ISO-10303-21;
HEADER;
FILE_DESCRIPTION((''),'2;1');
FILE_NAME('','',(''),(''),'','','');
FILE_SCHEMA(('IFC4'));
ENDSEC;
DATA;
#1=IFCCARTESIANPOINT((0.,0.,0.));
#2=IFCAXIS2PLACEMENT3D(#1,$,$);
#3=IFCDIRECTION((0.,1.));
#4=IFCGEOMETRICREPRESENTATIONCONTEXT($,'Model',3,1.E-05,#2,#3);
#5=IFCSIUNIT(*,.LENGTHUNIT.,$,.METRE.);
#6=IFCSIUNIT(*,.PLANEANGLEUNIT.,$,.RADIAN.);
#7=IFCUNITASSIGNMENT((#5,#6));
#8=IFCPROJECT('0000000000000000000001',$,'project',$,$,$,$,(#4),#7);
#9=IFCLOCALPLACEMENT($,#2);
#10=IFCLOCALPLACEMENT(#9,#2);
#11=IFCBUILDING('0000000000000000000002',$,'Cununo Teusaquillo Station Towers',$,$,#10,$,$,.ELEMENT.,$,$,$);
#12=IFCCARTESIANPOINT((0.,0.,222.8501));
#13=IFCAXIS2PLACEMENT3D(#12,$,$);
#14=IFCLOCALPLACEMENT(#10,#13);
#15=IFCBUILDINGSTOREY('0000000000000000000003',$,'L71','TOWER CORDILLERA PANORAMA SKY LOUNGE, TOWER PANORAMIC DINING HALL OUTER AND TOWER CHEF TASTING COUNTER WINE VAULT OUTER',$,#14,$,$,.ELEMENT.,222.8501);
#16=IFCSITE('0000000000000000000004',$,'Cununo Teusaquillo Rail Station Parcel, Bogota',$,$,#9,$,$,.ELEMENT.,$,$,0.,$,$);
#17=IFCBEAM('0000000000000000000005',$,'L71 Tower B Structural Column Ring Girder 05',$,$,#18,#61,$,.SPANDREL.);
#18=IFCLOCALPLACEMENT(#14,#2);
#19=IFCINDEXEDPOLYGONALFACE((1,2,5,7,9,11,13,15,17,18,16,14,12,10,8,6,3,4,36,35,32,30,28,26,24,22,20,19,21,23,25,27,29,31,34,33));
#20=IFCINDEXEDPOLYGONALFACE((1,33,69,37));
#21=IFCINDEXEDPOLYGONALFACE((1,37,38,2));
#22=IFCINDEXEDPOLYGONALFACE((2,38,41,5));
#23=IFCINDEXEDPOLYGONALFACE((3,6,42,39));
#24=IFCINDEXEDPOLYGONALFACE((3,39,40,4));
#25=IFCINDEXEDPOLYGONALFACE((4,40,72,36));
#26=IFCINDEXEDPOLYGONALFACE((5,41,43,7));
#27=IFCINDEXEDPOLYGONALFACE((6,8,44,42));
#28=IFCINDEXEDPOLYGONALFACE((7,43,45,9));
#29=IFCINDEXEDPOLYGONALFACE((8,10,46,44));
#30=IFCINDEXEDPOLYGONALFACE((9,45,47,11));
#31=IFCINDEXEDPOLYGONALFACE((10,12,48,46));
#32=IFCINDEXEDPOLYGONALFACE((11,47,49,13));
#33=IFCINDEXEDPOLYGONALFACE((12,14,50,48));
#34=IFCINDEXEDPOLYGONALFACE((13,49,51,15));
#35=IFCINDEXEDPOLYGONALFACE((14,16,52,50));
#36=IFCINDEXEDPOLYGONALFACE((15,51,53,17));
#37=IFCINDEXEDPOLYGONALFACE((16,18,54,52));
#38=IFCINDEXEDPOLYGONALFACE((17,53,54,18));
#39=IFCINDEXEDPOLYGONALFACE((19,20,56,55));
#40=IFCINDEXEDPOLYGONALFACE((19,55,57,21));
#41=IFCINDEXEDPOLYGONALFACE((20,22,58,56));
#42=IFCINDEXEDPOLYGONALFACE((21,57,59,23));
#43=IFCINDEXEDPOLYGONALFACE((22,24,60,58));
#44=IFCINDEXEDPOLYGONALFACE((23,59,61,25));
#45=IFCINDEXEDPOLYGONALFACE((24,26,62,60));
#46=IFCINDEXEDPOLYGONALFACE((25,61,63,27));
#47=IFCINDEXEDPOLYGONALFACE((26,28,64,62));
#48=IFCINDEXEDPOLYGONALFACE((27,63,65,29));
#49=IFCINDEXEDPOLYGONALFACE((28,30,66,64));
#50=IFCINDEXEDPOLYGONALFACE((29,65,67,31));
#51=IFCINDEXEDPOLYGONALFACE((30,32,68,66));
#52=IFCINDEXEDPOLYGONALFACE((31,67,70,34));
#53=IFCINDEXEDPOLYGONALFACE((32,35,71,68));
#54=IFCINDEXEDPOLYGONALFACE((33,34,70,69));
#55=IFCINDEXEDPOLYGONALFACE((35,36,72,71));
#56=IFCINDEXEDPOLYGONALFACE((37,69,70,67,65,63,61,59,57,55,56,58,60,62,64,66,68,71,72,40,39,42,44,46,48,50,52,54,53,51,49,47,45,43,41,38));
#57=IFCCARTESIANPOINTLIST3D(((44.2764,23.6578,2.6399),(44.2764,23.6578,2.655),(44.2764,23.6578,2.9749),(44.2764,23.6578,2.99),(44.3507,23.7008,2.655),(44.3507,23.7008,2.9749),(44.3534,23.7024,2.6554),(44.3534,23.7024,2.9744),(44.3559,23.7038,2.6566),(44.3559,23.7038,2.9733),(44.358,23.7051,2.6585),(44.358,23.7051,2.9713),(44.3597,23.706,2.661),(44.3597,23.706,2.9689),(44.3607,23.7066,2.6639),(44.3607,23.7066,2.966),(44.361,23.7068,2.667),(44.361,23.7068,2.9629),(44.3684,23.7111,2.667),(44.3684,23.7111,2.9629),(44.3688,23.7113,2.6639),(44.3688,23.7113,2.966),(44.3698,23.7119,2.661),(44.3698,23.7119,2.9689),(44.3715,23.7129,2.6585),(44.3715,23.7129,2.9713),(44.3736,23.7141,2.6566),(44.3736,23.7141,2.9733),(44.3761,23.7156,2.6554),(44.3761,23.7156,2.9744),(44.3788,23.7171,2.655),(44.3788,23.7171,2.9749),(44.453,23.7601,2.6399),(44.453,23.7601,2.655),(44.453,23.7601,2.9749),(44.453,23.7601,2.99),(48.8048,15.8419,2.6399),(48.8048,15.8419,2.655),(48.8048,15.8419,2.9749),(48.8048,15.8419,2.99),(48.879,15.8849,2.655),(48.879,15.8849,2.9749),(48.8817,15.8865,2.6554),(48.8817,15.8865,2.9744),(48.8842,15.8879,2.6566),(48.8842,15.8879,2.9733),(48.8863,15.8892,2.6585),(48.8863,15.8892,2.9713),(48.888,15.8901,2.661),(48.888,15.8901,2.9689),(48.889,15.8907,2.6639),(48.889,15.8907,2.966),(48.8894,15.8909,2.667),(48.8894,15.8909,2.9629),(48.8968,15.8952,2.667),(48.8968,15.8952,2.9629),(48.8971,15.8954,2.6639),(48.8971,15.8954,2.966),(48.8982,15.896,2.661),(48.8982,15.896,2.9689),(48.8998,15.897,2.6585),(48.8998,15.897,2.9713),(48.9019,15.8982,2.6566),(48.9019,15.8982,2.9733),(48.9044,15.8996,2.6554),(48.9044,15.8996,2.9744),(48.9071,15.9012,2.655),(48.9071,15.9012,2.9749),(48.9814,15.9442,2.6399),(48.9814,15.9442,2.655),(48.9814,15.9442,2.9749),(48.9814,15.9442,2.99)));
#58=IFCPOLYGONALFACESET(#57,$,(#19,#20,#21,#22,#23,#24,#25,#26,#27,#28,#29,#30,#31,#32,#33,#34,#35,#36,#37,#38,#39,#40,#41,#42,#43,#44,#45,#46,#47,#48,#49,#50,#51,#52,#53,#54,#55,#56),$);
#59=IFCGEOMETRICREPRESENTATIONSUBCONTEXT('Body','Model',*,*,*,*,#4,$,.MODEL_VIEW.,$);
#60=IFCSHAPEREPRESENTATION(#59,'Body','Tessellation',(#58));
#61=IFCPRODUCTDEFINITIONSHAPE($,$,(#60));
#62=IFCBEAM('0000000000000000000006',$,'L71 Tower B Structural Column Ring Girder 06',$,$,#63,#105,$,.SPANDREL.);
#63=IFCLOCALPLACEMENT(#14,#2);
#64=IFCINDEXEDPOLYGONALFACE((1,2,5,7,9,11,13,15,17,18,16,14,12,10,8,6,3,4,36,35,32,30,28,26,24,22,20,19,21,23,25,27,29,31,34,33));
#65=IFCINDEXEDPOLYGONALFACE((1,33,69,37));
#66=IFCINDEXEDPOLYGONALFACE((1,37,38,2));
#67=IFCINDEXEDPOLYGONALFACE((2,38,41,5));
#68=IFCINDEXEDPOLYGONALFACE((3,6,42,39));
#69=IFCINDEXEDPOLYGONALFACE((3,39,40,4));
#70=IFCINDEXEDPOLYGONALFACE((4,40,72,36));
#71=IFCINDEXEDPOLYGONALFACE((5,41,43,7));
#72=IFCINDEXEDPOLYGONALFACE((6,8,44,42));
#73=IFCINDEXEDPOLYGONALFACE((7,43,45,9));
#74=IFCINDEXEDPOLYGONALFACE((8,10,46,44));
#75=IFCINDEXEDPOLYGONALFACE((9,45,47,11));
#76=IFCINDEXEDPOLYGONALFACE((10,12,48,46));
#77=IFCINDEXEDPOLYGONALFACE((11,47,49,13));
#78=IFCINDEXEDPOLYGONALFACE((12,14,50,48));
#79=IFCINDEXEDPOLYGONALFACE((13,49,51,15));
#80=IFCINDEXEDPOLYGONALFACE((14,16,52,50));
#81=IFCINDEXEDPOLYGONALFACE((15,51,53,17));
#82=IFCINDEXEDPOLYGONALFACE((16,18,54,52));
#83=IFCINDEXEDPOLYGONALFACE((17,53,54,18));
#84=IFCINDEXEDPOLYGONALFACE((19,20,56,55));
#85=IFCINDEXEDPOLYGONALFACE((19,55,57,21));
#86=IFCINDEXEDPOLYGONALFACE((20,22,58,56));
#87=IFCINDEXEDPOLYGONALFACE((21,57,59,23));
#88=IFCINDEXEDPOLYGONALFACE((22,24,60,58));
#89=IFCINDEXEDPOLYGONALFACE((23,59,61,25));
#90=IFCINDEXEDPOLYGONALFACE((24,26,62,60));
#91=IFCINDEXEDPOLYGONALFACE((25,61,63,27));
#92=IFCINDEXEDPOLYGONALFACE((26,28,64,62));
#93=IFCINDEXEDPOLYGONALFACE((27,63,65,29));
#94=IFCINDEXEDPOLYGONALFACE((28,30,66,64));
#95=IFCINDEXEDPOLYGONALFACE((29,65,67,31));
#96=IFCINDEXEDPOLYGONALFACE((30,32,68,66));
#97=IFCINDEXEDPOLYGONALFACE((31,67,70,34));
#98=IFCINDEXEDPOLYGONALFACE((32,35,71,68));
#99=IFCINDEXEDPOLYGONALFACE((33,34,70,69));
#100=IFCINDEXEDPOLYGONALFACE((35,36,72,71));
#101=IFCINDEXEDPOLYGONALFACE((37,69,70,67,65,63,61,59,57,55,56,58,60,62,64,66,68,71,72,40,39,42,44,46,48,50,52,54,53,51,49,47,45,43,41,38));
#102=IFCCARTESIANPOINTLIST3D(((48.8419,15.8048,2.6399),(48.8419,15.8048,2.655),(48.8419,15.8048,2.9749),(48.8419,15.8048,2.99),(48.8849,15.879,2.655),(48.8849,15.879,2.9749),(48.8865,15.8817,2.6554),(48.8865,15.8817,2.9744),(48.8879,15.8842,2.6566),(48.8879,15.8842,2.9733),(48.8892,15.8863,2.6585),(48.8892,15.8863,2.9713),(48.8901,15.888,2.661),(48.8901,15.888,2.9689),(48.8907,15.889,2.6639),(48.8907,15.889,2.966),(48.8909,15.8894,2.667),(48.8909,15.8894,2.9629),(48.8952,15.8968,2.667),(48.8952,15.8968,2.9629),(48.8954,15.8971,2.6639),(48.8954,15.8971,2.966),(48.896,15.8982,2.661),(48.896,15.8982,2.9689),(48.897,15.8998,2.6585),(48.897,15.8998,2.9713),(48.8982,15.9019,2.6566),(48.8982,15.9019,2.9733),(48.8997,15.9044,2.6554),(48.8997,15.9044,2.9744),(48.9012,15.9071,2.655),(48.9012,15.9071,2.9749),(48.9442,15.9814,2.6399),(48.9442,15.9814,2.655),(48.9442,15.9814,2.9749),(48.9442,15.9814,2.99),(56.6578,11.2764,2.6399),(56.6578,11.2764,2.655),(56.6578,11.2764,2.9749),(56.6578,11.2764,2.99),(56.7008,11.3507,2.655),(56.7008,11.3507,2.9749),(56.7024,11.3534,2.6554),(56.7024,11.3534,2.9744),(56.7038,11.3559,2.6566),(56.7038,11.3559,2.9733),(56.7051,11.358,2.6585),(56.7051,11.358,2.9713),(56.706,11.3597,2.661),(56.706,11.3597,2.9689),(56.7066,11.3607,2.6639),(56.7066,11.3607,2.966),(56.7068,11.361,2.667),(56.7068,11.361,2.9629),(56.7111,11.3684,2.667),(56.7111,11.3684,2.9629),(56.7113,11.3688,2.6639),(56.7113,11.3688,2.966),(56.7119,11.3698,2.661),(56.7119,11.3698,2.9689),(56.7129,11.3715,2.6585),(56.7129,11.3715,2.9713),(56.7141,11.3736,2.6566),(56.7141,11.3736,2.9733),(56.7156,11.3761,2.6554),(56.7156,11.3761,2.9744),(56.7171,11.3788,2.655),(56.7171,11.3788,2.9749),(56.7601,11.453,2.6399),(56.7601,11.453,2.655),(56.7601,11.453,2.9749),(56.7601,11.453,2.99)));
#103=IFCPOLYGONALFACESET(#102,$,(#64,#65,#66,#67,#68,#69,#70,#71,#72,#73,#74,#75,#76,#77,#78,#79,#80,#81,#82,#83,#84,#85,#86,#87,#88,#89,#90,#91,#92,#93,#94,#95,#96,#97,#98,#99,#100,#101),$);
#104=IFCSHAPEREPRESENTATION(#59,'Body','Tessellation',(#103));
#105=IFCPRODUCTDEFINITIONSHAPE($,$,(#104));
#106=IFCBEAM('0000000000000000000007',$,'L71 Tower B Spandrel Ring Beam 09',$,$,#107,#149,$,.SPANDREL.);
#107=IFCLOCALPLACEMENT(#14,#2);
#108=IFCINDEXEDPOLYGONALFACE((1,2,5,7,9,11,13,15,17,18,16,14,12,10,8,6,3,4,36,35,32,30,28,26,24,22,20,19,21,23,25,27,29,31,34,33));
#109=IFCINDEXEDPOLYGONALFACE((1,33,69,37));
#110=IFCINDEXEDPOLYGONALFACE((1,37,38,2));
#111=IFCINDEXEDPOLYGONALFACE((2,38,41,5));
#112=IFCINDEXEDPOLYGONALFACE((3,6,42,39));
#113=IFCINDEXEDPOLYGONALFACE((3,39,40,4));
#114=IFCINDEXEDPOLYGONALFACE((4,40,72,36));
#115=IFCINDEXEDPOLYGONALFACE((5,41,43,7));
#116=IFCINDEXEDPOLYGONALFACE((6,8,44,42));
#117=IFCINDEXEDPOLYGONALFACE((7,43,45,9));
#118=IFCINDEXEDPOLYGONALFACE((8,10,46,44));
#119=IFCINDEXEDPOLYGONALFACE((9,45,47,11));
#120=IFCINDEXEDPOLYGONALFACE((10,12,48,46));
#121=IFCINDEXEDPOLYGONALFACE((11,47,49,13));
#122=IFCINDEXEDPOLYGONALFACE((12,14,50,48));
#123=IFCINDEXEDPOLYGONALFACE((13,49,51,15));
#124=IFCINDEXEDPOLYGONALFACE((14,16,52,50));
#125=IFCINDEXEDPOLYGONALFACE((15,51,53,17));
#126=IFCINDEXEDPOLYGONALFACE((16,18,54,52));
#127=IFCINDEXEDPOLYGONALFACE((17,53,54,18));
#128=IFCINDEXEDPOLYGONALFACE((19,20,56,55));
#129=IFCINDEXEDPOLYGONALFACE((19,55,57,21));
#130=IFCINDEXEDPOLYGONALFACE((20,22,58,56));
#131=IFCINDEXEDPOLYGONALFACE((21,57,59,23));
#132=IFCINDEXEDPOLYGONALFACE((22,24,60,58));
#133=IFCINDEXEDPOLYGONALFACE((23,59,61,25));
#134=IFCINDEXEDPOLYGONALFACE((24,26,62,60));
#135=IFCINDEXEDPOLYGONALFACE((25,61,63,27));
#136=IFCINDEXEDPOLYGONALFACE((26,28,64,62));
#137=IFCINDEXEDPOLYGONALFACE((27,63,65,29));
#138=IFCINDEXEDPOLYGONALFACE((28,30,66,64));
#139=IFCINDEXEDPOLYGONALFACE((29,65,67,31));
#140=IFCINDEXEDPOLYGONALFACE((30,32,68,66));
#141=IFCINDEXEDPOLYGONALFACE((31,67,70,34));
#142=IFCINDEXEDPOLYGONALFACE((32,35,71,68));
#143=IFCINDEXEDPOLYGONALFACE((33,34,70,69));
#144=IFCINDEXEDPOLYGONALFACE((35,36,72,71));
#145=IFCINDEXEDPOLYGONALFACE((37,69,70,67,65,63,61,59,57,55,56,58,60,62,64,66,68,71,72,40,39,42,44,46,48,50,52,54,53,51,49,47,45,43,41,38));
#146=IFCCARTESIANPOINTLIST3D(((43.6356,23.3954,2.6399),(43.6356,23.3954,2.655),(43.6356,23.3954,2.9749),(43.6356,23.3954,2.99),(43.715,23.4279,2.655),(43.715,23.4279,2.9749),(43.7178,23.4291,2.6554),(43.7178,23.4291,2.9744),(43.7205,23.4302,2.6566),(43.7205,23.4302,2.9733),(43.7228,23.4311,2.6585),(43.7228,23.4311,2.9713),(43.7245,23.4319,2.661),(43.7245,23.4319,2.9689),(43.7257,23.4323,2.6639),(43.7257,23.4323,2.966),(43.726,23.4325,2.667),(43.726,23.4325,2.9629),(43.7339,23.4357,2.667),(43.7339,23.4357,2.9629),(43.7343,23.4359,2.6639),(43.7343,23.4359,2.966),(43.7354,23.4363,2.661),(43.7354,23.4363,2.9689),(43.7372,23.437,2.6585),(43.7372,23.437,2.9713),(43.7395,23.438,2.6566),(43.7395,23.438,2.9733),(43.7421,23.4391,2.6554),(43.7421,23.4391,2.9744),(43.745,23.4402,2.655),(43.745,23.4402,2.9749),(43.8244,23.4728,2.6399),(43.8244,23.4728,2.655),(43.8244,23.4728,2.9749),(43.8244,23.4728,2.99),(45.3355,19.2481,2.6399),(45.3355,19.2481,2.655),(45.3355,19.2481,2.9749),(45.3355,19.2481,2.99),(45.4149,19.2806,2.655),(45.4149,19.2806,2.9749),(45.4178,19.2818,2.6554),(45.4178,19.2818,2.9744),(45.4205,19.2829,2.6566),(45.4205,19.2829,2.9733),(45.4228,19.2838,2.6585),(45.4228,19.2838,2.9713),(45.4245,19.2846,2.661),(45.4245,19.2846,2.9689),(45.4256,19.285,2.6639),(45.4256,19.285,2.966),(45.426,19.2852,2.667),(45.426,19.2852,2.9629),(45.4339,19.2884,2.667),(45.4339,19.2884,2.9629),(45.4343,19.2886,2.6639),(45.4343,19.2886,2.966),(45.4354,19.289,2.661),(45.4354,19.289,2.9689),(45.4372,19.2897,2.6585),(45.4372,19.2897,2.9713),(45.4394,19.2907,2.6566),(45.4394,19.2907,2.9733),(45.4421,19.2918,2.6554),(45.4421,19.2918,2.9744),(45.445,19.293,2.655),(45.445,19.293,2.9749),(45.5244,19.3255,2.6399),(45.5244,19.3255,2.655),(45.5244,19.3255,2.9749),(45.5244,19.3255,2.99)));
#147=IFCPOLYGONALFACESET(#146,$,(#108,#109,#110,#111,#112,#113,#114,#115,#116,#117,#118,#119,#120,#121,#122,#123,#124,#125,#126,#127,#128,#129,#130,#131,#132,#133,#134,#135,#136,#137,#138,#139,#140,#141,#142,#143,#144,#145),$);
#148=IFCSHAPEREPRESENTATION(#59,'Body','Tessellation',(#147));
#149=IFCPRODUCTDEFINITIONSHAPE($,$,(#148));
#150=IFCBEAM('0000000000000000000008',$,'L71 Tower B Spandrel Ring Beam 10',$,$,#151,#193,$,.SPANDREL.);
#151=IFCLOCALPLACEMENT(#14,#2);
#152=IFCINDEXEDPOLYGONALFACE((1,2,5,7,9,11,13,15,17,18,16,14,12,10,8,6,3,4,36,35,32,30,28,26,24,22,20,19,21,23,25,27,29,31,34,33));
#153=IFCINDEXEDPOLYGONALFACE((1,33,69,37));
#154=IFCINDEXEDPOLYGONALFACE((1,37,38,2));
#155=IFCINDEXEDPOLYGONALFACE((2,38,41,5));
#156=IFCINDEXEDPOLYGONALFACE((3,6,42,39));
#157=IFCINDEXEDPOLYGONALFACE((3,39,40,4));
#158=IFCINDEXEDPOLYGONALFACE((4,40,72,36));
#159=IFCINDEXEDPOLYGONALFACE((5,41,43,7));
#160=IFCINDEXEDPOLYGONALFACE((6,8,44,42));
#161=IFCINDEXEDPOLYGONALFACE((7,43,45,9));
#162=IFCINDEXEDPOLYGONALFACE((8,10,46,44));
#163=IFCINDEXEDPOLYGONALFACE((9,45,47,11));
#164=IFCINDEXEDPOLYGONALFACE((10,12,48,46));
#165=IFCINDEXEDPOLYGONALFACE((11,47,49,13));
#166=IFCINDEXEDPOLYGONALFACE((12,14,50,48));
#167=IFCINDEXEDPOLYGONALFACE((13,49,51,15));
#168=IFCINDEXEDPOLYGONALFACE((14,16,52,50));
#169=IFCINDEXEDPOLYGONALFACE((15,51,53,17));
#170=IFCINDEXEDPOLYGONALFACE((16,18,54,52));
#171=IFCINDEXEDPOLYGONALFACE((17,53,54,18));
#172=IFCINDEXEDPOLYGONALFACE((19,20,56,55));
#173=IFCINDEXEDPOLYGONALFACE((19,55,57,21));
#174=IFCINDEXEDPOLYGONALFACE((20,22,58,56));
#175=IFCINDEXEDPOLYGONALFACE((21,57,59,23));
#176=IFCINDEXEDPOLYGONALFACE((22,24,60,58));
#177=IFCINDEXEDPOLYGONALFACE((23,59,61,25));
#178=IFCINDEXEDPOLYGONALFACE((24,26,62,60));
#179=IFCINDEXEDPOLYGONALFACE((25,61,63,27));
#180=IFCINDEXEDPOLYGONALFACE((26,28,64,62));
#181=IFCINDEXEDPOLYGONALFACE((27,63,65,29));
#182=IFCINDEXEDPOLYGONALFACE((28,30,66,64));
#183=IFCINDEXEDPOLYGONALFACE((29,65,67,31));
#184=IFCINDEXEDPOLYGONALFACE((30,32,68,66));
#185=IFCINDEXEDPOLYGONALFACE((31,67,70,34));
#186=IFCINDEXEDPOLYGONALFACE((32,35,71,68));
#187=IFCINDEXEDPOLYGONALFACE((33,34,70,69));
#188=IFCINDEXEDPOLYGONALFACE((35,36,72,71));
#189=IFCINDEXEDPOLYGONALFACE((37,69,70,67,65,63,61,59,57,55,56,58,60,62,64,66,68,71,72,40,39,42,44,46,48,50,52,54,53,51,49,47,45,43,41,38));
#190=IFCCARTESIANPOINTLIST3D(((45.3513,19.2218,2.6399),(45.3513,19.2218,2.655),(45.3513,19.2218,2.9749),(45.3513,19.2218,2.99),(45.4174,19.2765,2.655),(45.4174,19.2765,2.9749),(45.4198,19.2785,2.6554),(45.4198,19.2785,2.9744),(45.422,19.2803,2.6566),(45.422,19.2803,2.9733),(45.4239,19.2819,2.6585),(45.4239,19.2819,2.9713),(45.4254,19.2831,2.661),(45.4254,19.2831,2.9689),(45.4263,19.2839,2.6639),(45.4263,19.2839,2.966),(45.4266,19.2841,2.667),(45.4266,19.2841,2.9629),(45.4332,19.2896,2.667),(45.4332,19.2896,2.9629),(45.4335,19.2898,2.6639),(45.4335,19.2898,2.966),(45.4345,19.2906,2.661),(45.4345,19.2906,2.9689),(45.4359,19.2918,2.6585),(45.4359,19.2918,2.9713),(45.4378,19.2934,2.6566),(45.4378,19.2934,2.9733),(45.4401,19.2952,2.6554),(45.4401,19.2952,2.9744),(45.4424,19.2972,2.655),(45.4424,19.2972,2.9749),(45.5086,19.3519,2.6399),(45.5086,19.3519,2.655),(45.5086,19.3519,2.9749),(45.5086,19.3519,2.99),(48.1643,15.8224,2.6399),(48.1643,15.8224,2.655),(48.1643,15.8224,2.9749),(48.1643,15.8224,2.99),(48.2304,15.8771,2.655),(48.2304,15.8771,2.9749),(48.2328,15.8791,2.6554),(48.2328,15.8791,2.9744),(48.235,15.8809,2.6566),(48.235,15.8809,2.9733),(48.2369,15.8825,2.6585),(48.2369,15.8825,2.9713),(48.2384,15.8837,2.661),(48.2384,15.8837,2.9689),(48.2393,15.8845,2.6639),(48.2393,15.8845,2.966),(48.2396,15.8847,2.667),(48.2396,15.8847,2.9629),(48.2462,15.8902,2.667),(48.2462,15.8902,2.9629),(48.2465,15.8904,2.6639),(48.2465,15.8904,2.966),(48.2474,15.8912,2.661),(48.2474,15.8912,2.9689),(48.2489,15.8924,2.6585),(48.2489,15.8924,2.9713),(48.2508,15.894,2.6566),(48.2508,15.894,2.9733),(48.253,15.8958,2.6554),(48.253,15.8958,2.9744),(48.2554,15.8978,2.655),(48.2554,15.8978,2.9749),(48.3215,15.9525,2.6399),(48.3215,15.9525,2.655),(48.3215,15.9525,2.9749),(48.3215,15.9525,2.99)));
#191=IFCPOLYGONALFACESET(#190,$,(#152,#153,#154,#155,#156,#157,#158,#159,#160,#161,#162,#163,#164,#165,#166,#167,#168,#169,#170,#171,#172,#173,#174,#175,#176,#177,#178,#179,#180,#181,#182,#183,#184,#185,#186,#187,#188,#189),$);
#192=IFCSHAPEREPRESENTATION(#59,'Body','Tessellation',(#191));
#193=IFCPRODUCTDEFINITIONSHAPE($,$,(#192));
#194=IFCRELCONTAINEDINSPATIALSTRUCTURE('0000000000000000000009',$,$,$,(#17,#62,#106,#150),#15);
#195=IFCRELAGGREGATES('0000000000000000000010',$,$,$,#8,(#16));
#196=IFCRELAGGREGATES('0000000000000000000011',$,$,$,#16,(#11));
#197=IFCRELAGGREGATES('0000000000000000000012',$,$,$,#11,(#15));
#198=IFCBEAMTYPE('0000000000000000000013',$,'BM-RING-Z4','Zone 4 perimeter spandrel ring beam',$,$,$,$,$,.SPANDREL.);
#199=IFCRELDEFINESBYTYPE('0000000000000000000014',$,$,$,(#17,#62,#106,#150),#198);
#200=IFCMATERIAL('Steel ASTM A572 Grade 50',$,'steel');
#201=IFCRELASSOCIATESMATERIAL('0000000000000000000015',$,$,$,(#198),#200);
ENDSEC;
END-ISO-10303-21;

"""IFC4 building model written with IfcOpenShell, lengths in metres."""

from ifc_helpers import new_model, si_unit, direction, frame, origin, origin_2d, place, context, subcontext, project, spatial, i_section, extrude, material, material_profile, profile_set, type_object, element, save


model = new_model("IFC4")

# Units and contexts
model_context = context("Model", 3, precision=1e-05, world=origin(), true_north=direction((0.0, 1.0)))
body_context = subcontext(model_context, "Body", "Model", "MODEL_VIEW")
ifc_project = project(units=[si_unit("LENGTHUNIT", "METRE"), si_unit("PLANEANGLEUNIT", "RADIAN")], contexts=[model_context])

# Site, building, storey
site_placement = place(None, origin())
site = spatial("IfcSite", under=ifc_project, at=site_placement, Name="Cununo Teusaquillo Rail Station Parcel, Bogota", CompositionType="ELEMENT", RefElevation=0.0)
building_placement = place(site_placement, origin())
building = spatial("IfcBuilding", under=site, at=building_placement, Name="Cununo Teusaquillo Station Towers", CompositionType="ELEMENT")
storey_placement = place(building_placement, frame((0.0, 0.0, 222.8501)))
storey = spatial("IfcBuildingStorey", under=building, at=storey_placement, Name="L71", Description="TOWER CORDILLERA PANORAMA SKY LOUNGE, TOWER PANORAMIC DINING HALL OUTER AND TOWER CHEF TASTING COUNTER WINE VAULT OUTER", CompositionType="ELEMENT", Elevation=222.8501)

# Beams
ifc_material_1 = material(Name="Steel ASTM A572 Grade 50", Category="steel")
ifc_material_profile_1 = material_profile(ifc_material_1, i_section(OverallWidth=0.2041, OverallDepth=0.3501, WebThickness=0.0085, FlangeThickness=0.0151, FilletRadius=0.012, at=origin_2d()), Name="W14X48")
ifc_profile_set_1 = profile_set([ifc_material_profile_1], Name="Steel ASTM A572 Grade 50")
beam_type_1 = type_object("IfcBeamType", Name="BM-RING-Z4", Description="Zone 4 perimeter spandrel ring beam", PredefinedType="SPANDREL", material=ifc_profile_set_1)
for number, where, z_axis, x_axis, name in (
    (1, (44.3647, 23.709, 2.8149), (0.501311, -0.865267, 0.0), (0.865267, 0.501311, 0.0), "L71 Tower B Structural Column Ring Girder 05"),
    (2, (48.8931, 15.8931, 2.8149), (0.865267, -0.501311, 0.0), (0.501311, 0.865267, 0.0), "L71 Tower B Structural Column Ring Girder 06"),
):
    element("IfcBeam", number, at=place(storey_placement, frame(where, z_axis=z_axis, x_axis=x_axis)), inside=storey, type_object=beam_type_1, Name=name, PredefinedType="SPANDREL", context=body_context, shape_type="SweptSolid", body=[
        extrude(i_section(OverallWidth=0.2041, OverallDepth=0.3501, WebThickness=0.0085, FlangeThickness=0.0151, FilletRadius=0.012, at=origin_2d()), origin(), (0.0, 0.0, 1.0), 9.033),
    ])
beam_1_placement = place(storey_placement, frame((43.73, 23.4341, 2.8149), z_axis=(0.379275, -0.925284, 0.0), x_axis=(0.925284, 0.379275, 0.0)))
element("IfcBeam", 3, at=beam_1_placement, inside=storey, type_object=beam_type_1, Name="L71 Tower B Spandrel Ring Beam 09", PredefinedType="SPANDREL", context=body_context, shape_type="SweptSolid", body=[
    extrude(i_section(OverallWidth=0.2041, OverallDepth=0.3501, WebThickness=0.0085, FlangeThickness=0.0151, FilletRadius=0.012, at=origin_2d()), origin(), (0.0, 0.0, 1.0), 4.4822),
])
beam_2_placement = place(storey_placement, frame((45.4299, 19.2869, 2.8149), z_axis=(0.637525, -0.77043, 0.0), x_axis=(0.77043, 0.637525, 0.0)))
element("IfcBeam", 4, at=beam_2_placement, inside=storey, type_object=beam_type_1, Name="L71 Tower B Spandrel Ring Beam 10", PredefinedType="SPANDREL", context=body_context, shape_type="SweptSolid", body=[
    extrude(i_section(OverallWidth=0.2041, OverallDepth=0.3501, WebThickness=0.0085, FlangeThickness=0.0151, FilletRadius=0.012, at=origin_2d()), origin(), (0.0, 0.0, 1.0), 4.4124),
])

save(model, "model.ifc")
